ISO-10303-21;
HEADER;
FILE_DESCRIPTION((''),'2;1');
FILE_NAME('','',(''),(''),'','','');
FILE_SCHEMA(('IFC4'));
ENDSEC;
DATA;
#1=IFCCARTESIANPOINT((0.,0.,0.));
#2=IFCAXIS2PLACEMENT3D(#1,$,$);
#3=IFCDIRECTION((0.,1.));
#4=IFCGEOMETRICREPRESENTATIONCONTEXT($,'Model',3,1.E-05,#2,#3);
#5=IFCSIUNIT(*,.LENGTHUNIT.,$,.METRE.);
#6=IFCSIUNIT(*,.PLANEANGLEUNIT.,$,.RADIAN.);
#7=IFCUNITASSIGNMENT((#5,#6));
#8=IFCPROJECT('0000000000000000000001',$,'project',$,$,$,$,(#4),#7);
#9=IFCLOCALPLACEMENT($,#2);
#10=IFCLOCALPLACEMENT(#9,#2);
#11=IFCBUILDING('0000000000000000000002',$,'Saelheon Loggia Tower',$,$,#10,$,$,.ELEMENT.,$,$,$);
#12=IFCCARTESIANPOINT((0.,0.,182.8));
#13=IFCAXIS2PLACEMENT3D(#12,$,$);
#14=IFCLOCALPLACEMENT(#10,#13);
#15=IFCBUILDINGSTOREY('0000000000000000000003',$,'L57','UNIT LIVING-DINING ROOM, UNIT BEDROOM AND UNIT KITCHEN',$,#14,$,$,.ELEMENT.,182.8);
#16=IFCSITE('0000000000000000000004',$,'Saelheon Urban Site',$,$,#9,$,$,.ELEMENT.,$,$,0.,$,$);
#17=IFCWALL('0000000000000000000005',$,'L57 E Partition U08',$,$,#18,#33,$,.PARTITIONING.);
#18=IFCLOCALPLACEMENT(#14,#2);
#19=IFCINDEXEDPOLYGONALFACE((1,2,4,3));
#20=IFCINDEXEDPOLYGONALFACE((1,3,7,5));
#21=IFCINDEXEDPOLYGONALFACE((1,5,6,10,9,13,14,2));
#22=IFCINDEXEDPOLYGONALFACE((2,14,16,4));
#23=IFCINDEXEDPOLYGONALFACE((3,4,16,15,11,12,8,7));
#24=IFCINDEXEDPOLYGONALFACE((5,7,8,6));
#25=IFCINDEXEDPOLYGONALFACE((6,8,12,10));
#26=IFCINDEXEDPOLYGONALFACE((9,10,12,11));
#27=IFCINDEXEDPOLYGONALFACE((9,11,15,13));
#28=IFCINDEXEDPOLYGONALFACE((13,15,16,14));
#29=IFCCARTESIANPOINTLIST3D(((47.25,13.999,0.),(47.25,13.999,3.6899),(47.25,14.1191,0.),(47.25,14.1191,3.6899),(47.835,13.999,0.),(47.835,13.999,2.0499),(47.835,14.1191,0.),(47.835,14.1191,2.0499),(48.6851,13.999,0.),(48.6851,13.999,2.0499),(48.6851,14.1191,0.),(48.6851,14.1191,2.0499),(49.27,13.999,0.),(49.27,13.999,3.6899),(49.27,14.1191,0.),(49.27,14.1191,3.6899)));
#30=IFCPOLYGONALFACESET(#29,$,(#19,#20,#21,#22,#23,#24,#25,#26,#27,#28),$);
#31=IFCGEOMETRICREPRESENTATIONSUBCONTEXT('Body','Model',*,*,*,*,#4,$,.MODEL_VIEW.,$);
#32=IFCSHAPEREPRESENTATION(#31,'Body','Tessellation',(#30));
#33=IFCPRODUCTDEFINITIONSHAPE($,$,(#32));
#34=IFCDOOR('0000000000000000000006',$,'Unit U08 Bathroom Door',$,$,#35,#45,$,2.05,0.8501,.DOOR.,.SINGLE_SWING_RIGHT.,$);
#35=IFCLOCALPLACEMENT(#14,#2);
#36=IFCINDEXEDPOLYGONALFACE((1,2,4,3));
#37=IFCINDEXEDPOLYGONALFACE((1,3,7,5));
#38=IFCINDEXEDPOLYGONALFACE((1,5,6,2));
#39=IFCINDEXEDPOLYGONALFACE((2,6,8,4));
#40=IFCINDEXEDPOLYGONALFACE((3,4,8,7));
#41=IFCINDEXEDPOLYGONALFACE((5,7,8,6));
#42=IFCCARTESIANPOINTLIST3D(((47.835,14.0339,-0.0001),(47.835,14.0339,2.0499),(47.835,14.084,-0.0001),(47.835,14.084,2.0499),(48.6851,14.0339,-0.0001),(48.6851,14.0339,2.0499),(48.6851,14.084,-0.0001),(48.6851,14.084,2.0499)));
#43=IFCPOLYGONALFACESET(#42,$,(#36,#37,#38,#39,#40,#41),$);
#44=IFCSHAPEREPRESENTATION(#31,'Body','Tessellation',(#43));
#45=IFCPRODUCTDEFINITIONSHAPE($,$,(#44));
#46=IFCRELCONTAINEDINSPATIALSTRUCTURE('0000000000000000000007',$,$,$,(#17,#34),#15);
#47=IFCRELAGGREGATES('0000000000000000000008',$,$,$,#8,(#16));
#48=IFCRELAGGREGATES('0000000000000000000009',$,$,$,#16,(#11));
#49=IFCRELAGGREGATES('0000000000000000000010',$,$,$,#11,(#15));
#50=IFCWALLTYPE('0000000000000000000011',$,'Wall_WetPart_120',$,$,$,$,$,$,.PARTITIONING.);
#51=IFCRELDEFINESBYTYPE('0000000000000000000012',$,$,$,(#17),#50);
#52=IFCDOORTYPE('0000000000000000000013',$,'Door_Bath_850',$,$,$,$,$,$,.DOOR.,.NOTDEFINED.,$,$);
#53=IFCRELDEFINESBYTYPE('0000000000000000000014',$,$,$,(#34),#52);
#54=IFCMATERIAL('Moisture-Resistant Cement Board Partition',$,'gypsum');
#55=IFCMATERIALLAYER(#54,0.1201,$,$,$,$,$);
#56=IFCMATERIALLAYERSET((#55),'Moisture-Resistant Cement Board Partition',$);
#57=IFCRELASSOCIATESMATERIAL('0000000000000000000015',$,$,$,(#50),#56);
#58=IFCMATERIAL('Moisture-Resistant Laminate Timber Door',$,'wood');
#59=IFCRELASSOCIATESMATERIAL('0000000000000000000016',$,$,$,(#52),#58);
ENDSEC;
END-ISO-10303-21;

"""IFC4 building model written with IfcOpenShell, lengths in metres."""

from ifc_helpers import new_model, si_unit, direction, frame, frame_2d, origin, place, context, subcontext, project, spatial, rectangle, extrude, source, transform, mapped, material, layer, layer_set, type_object, element, fill, save


model = new_model("IFC4")

# Units and contexts
model_context = context("Model", 3, precision=1e-05, world=origin(), true_north=direction((0.0, 1.0)))
body_context = subcontext(model_context, "Body", "Model", "MODEL_VIEW")
ifc_project = project(units=[si_unit("LENGTHUNIT", "METRE"), si_unit("PLANEANGLEUNIT", "RADIAN")], contexts=[model_context])

# Site, building, storey
site_placement = place(None, origin())
site = spatial("IfcSite", under=ifc_project, at=site_placement, Name="Saelheon Urban Site", CompositionType="ELEMENT", RefElevation=0.0)
building_placement = place(site_placement, origin())
building = spatial("IfcBuilding", under=site, at=building_placement, Name="Saelheon Loggia Tower", CompositionType="ELEMENT")
storey_placement = place(building_placement, frame((0.0, 0.0, 182.8)))
storey = spatial("IfcBuildingStorey", under=building, at=storey_placement, Name="L57", Description="UNIT LIVING-DINING ROOM, UNIT BEDROOM AND UNIT KITCHEN", CompositionType="ELEMENT", Elevation=182.8)

# Shared definitions
ifc_material_1 = material(Name="Moisture-Resistant Cement Board Partition", Category="gypsum")
ifc_layer_1 = layer(ifc_material_1, 0.1201)
ifc_layer_set_1 = layer_set([ifc_layer_1], Name="Moisture-Resistant Cement Board Partition")
wall_type_1 = type_object("IfcWallType", Name="Wall_WetPart_120", PredefinedType="PARTITIONING", material=ifc_layer_set_1)

# Wall, opening, door
wall_1_placement = place(storey_placement, frame((47.25, 14.0591, 0.0), z_axis=(0.0, 0.0, 1.0), x_axis=(1.0, 0.0, 0.0)))
wall_1 = element("IfcWall", 1, at=wall_1_placement, inside=storey, type_object=wall_type_1, Name="L57 E Partition U08", PredefinedType="PARTITIONING", context=body_context, shape_type="SweptSolid", body=[
    extrude(rectangle(XDim=2.02, YDim=0.1201, at=frame_2d((1.01, 0.0))), origin(), (0.0, 0.0, 1.0), 3.6899),
])
opening_1_placement = place(wall_1_placement, frame((0.585, 0.0, 0.0)))
opening_1 = element("IfcOpeningElement", 2, at=opening_1_placement, cuts=wall_1, PredefinedType="OPENING", context=body_context, shape_type="SweptSolid", body=[
    extrude(rectangle(XDim=0.8501, YDim=2.05, at=frame_2d((0.425, 1.0249))), frame((0.0, 0.072, 0.0), z_axis=(0.0, -1.0, 0.0), x_axis=(1.0, 0.0, 0.0)), (0.0, 0.0, 1.0), 0.144),
])
ifc_material_2 = material(Name="Moisture-Resistant Laminate Timber Door", Category="wood")
door_type_1 = type_object("IfcDoorType", Name="Door_Bath_850", OperationType="NOTDEFINED", PredefinedType="DOOR", material=ifc_material_2)
shared_shape_1 = source(origin(), body_context, "Body", "SweptSolid", [
    extrude(rectangle(XDim=0.8501, YDim=2.05, at=frame_2d((0.425, 1.0249))), frame((0.0, 0.0249, 0.0), z_axis=(0.0, -1.0, 0.0), x_axis=(1.0, 0.0, 0.0)), (0.0, 0.0, 1.0), 0.05),
])
door_1_placement = place(opening_1_placement, origin())
door_1 = element("IfcDoor", 3, at=door_1_placement, inside=storey, type_object=door_type_1, Name="Unit U08 Bathroom Door", OperationType="SINGLE_SWING_RIGHT", OverallHeight=2.05, OverallWidth=0.8501, PredefinedType="DOOR", context=body_context, shape_type="MappedRepresentation", body=[
    mapped(shared_shape_1, transform((0.0, 0.0, 0.0), scale=1.0)),
])
fill(opening_1, door_1)

save(model, "model.ifc")
